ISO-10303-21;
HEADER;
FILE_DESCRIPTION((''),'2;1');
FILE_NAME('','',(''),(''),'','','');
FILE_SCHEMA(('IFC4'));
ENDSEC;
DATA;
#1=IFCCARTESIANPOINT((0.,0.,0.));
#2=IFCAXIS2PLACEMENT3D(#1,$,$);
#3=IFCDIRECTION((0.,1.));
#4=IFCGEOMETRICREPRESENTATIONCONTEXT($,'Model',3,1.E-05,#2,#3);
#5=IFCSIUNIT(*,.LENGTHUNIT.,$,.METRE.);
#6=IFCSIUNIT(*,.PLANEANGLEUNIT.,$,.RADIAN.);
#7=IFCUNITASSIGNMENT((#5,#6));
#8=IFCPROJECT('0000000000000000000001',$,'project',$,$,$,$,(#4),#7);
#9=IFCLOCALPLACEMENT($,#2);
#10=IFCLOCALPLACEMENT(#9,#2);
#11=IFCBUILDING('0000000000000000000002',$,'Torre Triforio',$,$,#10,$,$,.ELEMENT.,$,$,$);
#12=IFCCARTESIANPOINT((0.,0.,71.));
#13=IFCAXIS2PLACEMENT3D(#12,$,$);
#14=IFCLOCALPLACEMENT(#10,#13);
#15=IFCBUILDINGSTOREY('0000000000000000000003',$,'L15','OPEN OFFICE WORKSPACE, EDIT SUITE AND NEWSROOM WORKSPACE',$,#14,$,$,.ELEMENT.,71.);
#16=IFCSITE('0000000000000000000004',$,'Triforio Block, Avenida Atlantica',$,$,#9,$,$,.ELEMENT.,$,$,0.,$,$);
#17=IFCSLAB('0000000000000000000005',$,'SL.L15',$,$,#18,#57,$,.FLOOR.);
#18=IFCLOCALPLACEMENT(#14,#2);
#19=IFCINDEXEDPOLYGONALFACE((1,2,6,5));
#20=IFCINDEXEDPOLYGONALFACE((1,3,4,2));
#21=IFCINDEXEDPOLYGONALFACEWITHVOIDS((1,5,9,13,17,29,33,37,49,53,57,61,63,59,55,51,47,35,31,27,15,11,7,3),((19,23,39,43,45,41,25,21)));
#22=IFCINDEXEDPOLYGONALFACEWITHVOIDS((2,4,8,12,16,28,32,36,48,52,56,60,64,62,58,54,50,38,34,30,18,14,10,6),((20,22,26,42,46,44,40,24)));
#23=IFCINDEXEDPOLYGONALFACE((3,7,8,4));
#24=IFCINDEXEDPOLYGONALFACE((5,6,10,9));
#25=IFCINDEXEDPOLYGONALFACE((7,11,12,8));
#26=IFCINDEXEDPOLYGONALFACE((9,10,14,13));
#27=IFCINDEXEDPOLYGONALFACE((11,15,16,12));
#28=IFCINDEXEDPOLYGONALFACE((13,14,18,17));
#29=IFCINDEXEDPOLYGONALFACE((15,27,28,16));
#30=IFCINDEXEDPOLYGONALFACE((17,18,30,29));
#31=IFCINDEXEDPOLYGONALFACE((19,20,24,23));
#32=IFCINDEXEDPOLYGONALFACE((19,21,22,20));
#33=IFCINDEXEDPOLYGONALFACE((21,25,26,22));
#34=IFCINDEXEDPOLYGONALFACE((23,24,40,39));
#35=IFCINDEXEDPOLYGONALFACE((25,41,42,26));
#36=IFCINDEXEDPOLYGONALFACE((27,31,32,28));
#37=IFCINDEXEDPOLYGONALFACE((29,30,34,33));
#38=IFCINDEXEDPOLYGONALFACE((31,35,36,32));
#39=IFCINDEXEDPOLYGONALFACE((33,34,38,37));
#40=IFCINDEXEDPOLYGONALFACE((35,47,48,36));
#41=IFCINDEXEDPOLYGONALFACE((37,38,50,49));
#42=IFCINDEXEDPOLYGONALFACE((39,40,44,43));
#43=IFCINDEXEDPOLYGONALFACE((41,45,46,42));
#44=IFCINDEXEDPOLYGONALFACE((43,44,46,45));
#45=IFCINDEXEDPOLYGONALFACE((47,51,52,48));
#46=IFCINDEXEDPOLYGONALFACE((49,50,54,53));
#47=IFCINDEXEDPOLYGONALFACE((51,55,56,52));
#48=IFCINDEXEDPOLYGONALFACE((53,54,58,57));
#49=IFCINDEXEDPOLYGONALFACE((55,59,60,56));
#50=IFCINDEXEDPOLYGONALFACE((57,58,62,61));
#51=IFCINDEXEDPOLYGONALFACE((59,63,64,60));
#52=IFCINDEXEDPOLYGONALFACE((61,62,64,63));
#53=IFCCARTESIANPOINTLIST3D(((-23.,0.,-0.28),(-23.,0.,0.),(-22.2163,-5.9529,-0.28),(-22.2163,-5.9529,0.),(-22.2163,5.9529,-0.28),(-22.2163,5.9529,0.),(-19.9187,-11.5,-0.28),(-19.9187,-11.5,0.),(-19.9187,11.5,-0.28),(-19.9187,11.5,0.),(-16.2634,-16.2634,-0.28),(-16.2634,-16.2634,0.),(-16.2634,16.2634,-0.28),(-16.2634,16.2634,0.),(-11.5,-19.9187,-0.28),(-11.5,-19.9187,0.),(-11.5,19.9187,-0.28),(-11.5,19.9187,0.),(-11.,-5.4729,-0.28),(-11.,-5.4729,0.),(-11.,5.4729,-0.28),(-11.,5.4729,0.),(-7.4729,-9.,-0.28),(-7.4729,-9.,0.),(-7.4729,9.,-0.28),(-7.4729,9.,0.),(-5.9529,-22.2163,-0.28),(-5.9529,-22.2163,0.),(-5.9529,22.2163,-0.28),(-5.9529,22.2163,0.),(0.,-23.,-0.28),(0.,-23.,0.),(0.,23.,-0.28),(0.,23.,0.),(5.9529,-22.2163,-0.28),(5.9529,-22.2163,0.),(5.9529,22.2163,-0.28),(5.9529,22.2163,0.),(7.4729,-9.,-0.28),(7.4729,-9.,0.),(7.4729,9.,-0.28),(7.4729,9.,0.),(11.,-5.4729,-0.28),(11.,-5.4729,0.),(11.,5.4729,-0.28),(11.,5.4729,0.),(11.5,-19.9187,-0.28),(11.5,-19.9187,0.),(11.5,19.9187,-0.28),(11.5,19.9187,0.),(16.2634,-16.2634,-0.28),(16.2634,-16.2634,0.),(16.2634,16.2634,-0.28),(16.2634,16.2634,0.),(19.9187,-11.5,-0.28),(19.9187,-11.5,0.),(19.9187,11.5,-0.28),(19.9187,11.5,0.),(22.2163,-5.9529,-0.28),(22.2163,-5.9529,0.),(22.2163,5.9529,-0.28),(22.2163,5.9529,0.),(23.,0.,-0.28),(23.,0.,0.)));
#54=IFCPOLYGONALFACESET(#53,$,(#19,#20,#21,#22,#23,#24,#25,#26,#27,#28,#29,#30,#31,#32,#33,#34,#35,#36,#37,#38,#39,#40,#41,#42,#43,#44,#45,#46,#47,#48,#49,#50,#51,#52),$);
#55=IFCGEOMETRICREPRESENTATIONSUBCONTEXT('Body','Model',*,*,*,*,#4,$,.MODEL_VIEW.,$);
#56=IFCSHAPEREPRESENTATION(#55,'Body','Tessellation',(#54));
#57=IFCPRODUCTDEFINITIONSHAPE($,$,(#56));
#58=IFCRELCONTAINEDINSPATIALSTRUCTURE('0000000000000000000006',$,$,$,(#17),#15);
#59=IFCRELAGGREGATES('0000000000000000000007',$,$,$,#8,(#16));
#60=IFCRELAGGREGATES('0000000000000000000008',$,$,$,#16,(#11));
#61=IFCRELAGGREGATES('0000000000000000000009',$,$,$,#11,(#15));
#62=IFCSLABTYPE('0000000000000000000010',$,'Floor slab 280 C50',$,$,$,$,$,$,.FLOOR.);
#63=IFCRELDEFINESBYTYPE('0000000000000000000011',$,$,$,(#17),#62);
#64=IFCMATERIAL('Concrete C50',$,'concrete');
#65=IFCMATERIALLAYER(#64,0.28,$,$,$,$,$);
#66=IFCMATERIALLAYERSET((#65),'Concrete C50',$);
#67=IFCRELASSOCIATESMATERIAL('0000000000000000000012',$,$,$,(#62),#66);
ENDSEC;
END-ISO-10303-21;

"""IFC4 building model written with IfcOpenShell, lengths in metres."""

from ifc_helpers import new_model, si_unit, direction, frame, origin, place, context, subcontext, project, spatial, polyline, outline, extrude, material, layer, layer_set, type_object, element, save


model = new_model("IFC4")

# Units and contexts
model_context = context("Model", 3, precision=1e-05, world=origin(), true_north=direction((0.0, 1.0)))
body_context = subcontext(model_context, "Body", "Model", "MODEL_VIEW")
ifc_project = project(units=[si_unit("LENGTHUNIT", "METRE"), si_unit("PLANEANGLEUNIT", "RADIAN")], contexts=[model_context])

# Site, building, storey
site_placement = place(None, origin())
site = spatial("IfcSite", under=ifc_project, at=site_placement, Name="Triforio Block, Avenida Atlantica", CompositionType="ELEMENT", RefElevation=0.0)
building_placement = place(site_placement, origin())
building = spatial("IfcBuilding", under=site, at=building_placement, Name="Torre Triforio", CompositionType="ELEMENT")
storey_placement = place(building_placement, frame((0.0, 0.0, 71.0)))
storey = spatial("IfcBuildingStorey", under=building, at=storey_placement, Name="L15", Description="OPEN OFFICE WORKSPACE, EDIT SUITE AND NEWSROOM WORKSPACE", CompositionType="ELEMENT", Elevation=71.0)

# Slab
ifc_material_1 = material(Name="Concrete C50", Category="concrete")
ifc_layer_1 = layer(ifc_material_1, 0.28)
ifc_layer_set_1 = layer_set([ifc_layer_1], Name="Concrete C50")
slab_type_1 = type_object("IfcSlabType", Name="Floor slab 280 C50", PredefinedType="FLOOR", material=ifc_layer_set_1)
slab_1_placement = place(storey_placement, frame((0.0, 0.0, -0.28)))
element("IfcSlab", 1, at=slab_1_placement, inside=storey, type_object=slab_type_1, Name="SL.L15", PredefinedType="FLOOR", context=body_context, shape_type="SweptSolid", body=[
    extrude(outline(polyline([(19.9187, -11.5), (22.2163, -5.9529), (23.0, 0.0), (22.2163, 5.9529), (19.9187, 11.5), (16.2634, 16.2634), (11.5, 19.9187), (5.9529, 22.2163), (0.0, 23.0), (-5.9529, 22.2163), (-11.5, 19.9187), (-16.2634, 16.2634), (-19.9187, 11.5), (-22.2163, 5.9529), (-23.0, 0.0), (-22.2163, -5.9529), (-19.9187, -11.5), (-16.2634, -16.2634), (-11.5, -19.9187), (-5.9529, -22.2163), (0.0, -23.0), (5.9529, -22.2163), (11.5, -19.9187), (16.2634, -16.2634), (19.9187, -11.5)]), holes=[polyline([(11.0, 5.4729), (11.0, -5.4729), (7.4729, -9.0), (-7.4729, -9.0), (-11.0, -5.4729), (-11.0, 5.4729), (-7.4729, 9.0), (7.4729, 9.0), (11.0, 5.4729)])]), origin(), (0.0, 0.0, 1.0), 0.28),
])

save(model, "model.ifc")
